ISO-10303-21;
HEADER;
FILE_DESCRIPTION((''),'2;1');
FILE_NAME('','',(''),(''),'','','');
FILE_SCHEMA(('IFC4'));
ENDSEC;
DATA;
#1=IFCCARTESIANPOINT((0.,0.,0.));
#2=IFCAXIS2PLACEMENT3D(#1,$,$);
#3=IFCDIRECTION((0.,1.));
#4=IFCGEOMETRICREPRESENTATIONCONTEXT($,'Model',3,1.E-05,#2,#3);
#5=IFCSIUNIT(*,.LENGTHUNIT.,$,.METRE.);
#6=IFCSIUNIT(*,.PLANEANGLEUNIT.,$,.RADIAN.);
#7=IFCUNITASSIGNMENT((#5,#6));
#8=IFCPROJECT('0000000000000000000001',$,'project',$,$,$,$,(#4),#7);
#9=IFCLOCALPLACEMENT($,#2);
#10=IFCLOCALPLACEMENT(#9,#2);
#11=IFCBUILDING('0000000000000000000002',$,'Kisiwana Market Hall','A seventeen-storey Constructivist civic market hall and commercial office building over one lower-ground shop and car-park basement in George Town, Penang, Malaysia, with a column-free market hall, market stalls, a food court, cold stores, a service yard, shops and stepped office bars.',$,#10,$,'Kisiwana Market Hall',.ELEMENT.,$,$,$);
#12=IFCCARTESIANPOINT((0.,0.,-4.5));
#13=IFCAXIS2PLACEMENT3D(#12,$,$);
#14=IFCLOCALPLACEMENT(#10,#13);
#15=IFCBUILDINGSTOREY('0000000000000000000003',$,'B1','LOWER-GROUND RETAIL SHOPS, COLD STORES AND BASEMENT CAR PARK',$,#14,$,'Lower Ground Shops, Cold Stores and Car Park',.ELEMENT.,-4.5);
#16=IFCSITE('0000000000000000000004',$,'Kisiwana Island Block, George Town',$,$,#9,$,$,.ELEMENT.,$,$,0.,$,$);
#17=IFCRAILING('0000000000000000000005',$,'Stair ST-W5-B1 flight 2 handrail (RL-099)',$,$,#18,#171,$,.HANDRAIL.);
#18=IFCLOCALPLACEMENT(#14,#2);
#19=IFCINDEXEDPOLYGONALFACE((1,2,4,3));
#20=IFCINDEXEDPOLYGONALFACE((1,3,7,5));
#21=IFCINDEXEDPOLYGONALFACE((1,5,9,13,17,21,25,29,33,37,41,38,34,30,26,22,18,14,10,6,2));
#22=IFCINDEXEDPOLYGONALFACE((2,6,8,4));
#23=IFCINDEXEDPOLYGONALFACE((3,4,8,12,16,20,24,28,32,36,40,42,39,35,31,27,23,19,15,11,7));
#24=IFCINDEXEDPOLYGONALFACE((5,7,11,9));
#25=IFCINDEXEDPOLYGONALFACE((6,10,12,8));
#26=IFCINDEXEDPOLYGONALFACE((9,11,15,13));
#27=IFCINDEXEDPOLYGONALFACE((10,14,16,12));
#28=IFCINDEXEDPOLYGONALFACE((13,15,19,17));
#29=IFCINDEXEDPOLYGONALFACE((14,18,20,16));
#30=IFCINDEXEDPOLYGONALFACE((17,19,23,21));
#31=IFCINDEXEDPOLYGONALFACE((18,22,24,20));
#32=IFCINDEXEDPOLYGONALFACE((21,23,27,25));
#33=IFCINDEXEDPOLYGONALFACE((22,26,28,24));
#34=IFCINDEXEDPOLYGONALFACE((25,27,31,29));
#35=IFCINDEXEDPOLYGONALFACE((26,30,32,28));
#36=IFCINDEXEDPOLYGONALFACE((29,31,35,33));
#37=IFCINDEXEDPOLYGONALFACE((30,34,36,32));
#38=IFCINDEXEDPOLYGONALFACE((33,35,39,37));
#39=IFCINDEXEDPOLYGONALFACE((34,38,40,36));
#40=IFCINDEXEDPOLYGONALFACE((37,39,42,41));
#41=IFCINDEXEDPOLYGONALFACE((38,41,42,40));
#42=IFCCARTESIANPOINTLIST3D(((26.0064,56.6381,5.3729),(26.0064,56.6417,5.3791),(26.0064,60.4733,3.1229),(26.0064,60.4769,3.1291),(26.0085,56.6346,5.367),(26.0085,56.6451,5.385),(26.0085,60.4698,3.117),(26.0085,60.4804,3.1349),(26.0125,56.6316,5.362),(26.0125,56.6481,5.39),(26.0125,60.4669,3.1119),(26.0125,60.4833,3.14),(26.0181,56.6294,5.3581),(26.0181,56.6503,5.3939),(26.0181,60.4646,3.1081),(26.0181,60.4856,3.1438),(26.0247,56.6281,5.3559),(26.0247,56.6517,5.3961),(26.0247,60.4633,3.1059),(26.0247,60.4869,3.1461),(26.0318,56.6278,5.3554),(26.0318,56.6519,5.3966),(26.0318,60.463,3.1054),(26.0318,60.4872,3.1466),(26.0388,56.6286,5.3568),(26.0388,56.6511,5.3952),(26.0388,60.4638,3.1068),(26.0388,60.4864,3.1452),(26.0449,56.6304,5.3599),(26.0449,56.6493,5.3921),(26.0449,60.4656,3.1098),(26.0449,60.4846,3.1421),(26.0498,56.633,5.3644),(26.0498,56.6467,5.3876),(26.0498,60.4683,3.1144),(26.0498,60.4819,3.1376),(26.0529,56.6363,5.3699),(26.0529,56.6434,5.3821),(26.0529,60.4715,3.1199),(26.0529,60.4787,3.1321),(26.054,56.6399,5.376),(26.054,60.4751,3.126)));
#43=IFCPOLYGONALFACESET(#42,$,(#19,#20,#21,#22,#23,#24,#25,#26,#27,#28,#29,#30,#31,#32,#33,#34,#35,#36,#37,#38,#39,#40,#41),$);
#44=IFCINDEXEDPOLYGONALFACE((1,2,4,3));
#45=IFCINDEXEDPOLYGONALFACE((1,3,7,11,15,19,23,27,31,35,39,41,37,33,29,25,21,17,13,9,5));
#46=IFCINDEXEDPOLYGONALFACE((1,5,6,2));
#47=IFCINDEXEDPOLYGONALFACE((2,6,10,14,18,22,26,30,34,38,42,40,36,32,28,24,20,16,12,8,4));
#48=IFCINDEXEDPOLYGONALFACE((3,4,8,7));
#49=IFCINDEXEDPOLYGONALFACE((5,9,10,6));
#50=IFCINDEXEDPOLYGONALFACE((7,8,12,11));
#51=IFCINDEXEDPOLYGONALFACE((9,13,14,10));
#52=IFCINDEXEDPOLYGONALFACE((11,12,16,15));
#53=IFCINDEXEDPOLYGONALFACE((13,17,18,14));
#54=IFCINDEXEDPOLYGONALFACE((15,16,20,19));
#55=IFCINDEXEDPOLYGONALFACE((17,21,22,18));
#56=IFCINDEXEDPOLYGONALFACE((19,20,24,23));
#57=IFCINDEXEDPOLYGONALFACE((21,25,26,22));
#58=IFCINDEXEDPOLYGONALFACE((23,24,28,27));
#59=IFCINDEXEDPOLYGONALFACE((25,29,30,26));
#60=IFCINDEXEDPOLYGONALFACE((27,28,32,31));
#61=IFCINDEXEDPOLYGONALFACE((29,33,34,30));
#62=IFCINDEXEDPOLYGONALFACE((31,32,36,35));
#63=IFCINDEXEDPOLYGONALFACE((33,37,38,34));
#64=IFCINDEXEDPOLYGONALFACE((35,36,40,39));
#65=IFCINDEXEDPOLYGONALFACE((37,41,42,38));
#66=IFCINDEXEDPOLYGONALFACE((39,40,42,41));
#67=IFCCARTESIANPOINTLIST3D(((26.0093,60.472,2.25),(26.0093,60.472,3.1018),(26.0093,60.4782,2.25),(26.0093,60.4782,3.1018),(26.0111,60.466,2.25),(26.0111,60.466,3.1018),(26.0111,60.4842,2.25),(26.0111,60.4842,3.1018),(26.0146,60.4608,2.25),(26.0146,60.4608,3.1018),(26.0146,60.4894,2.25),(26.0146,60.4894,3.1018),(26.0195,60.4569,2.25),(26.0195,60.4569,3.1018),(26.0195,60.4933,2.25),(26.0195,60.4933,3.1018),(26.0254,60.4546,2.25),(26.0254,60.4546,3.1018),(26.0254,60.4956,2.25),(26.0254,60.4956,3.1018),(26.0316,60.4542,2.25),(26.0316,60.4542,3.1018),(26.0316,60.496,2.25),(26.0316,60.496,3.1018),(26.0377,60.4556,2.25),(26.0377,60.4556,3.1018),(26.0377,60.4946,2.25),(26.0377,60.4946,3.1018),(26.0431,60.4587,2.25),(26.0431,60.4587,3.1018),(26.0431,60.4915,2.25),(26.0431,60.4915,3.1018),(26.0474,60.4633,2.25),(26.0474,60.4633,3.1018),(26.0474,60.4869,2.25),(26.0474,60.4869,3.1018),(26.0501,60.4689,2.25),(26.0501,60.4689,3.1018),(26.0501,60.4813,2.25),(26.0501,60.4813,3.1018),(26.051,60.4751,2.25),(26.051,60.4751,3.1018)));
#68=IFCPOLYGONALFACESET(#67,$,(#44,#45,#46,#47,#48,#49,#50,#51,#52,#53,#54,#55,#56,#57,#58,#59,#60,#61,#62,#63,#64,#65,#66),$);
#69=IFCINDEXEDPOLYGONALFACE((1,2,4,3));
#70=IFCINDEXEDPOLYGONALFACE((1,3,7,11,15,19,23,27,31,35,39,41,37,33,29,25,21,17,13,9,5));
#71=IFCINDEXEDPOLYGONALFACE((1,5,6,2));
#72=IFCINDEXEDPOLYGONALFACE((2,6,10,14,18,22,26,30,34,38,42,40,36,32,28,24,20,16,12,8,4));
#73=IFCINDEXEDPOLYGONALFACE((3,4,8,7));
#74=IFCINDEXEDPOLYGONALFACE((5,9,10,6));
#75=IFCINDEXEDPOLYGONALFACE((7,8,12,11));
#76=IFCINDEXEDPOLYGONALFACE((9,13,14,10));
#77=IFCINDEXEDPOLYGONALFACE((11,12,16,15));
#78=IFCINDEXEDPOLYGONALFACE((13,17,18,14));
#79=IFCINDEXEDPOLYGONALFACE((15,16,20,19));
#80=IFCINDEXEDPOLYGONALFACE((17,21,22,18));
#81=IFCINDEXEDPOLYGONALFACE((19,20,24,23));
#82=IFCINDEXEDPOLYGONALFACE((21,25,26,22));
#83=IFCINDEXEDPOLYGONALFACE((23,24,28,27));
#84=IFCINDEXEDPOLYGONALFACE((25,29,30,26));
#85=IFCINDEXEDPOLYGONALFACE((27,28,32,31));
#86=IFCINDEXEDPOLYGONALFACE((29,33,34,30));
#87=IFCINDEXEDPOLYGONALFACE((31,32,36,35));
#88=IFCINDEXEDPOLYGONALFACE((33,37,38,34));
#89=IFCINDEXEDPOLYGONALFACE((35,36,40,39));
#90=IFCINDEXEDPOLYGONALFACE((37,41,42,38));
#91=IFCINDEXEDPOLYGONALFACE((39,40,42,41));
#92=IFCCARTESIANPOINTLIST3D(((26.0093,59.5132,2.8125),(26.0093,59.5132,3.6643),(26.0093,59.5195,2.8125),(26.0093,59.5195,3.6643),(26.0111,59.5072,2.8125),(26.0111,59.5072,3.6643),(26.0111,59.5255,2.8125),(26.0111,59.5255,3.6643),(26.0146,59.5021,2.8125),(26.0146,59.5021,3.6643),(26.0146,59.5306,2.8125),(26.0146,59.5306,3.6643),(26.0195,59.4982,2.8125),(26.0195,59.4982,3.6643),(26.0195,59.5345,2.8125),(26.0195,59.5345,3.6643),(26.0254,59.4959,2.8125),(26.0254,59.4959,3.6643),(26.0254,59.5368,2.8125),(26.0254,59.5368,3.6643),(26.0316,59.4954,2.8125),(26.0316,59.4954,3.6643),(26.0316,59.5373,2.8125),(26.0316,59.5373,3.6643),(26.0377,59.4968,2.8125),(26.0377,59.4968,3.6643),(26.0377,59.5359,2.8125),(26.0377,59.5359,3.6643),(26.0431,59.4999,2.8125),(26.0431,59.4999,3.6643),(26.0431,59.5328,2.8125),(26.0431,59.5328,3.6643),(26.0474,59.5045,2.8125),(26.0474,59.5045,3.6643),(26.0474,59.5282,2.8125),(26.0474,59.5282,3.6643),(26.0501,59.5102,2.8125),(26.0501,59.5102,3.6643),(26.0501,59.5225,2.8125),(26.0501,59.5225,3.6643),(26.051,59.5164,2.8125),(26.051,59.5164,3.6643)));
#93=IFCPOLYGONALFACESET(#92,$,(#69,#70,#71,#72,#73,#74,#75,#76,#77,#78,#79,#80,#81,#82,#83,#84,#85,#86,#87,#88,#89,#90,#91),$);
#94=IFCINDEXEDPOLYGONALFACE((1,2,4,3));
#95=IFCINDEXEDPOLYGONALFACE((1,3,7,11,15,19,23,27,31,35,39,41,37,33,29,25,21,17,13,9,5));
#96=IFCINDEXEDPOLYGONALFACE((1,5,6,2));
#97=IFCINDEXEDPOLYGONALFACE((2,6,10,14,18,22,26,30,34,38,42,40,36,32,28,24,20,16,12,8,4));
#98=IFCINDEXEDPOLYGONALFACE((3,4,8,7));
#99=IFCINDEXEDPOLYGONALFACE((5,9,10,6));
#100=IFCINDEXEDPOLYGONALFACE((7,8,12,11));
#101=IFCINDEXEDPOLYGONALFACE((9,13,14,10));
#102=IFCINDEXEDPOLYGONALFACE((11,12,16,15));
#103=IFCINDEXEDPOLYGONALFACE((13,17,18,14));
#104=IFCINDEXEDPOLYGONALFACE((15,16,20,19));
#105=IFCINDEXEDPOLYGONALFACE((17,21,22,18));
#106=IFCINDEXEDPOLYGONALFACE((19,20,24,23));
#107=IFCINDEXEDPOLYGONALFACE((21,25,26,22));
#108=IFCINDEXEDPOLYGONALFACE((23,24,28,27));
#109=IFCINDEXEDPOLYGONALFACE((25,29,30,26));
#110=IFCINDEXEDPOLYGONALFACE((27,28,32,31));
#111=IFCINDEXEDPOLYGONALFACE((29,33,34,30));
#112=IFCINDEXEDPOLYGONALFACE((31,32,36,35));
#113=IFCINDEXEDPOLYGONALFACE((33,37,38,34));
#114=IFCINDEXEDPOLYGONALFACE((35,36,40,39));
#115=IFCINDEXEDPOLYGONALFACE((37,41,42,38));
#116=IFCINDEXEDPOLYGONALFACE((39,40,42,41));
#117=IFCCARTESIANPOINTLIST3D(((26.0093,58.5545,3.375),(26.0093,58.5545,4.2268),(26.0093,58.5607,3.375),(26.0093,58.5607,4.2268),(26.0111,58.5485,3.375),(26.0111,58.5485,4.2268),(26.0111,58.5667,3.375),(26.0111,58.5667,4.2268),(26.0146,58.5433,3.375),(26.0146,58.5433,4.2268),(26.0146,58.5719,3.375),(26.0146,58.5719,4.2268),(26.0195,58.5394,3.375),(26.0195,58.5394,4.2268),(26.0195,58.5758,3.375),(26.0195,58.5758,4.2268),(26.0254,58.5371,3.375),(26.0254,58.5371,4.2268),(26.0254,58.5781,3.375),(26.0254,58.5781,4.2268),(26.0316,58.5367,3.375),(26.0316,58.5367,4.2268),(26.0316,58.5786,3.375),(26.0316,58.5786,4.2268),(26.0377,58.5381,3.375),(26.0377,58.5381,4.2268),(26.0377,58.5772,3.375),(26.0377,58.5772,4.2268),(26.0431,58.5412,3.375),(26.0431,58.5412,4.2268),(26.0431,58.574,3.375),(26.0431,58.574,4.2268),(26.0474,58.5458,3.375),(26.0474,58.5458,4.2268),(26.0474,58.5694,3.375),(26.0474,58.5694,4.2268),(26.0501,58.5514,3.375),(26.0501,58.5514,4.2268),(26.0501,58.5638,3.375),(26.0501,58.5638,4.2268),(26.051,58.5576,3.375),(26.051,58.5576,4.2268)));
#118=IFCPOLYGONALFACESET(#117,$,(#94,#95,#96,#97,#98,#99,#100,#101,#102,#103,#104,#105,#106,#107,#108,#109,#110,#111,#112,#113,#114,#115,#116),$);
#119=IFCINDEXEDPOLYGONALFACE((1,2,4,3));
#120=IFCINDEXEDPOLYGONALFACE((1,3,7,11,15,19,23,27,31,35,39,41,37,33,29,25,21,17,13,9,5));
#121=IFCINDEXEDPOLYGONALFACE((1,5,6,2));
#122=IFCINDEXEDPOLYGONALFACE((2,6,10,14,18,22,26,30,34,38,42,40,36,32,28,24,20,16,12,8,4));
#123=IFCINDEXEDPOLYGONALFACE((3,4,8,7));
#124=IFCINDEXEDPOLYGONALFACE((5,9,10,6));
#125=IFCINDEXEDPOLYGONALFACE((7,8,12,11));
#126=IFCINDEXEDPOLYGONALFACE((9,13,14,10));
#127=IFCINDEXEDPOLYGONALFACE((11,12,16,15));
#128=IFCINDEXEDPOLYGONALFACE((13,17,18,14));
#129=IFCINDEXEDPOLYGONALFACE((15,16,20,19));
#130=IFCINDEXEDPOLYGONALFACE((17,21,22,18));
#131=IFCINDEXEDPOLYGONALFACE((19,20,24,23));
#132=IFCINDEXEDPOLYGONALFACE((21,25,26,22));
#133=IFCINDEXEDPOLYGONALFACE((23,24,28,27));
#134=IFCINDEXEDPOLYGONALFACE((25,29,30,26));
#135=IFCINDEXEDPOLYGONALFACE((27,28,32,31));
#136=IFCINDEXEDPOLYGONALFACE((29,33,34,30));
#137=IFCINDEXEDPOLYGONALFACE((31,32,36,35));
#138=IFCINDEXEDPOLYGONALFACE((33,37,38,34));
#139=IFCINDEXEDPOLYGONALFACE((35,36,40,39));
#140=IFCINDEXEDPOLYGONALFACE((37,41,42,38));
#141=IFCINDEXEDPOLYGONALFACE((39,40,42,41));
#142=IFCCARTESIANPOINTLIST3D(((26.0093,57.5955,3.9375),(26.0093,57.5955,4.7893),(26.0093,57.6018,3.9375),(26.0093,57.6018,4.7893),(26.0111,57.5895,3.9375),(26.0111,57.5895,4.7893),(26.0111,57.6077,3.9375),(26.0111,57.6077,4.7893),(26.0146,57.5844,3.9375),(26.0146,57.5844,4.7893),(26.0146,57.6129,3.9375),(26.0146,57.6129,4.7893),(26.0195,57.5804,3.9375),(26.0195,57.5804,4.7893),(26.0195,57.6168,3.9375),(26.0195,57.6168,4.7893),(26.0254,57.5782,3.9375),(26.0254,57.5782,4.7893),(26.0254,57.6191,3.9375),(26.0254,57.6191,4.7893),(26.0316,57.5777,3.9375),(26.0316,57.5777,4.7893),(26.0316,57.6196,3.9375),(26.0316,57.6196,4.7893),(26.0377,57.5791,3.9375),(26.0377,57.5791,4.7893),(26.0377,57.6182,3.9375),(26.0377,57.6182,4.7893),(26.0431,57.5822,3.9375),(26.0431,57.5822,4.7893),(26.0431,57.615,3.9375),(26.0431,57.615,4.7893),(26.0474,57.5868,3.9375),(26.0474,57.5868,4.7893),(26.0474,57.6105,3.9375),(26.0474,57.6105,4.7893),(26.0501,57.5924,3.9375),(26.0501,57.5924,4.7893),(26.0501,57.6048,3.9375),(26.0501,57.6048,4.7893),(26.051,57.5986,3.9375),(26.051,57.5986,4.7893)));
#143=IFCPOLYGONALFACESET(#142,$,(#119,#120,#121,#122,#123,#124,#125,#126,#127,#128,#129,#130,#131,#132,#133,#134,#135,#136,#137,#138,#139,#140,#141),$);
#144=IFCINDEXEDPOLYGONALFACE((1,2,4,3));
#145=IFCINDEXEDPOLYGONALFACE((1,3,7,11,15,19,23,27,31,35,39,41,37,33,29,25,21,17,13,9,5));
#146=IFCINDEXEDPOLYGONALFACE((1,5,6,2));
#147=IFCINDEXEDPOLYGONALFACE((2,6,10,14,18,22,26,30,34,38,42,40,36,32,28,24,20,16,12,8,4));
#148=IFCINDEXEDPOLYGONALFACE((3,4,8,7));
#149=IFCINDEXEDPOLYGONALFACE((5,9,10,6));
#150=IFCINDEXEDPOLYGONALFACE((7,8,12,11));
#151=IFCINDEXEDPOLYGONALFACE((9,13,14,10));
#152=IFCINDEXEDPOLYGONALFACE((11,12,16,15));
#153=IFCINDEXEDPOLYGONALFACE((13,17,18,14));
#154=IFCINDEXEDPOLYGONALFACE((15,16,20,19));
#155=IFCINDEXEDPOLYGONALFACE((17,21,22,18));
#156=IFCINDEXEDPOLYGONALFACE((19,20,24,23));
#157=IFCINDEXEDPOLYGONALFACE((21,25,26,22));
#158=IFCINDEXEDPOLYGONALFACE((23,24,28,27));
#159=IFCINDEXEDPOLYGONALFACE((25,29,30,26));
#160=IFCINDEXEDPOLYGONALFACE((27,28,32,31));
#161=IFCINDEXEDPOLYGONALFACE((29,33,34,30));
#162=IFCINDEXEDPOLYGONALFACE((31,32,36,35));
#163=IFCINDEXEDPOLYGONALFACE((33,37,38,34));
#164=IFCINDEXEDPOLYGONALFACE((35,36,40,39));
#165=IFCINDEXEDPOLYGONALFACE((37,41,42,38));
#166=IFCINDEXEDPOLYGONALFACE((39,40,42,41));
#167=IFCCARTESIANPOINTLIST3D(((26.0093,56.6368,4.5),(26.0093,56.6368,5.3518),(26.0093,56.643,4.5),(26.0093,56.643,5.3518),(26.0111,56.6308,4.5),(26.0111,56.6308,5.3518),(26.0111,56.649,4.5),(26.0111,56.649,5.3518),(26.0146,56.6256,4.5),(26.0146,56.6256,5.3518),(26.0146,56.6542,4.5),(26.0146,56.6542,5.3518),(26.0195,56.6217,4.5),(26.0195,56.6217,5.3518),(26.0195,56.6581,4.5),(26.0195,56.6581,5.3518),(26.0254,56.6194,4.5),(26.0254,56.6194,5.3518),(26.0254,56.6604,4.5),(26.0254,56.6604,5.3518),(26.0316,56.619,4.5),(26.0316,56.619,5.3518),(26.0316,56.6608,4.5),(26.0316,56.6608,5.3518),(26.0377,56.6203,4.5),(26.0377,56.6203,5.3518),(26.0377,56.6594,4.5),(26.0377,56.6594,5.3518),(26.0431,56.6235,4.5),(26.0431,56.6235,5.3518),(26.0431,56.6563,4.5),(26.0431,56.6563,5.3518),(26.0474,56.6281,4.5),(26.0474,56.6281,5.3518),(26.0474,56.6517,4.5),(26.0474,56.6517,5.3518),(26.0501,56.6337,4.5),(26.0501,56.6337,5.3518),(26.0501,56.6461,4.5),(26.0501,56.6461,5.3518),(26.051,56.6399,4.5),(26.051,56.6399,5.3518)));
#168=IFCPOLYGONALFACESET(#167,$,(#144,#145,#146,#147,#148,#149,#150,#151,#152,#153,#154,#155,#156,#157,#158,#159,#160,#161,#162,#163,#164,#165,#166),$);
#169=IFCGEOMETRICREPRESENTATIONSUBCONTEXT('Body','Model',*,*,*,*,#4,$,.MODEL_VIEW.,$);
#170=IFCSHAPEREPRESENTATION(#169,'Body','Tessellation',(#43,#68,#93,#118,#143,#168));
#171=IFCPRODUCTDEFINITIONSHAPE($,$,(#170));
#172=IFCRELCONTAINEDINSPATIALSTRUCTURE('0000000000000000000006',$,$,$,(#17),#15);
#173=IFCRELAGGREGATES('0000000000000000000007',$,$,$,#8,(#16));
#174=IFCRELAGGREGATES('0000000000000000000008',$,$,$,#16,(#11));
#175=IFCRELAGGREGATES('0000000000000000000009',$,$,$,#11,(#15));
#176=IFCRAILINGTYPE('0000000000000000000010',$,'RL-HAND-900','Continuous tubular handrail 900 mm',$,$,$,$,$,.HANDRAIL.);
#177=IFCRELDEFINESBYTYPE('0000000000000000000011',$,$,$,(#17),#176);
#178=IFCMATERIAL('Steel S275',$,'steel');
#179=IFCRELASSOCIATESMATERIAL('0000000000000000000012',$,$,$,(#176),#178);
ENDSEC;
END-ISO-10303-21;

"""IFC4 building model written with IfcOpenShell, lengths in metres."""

from ifc_helpers import new_model, si_unit, direction, frame, origin, origin_2d, place, context, subcontext, project, spatial, circle, extrude, material, type_object, element, save


model = new_model("IFC4")

# Units and contexts
model_context = context("Model", 3, precision=1e-05, world=origin(), true_north=direction((0.0, 1.0)))
body_context = subcontext(model_context, "Body", "Model", "MODEL_VIEW")
ifc_project = project(units=[si_unit("LENGTHUNIT", "METRE"), si_unit("PLANEANGLEUNIT", "RADIAN")], contexts=[model_context])

# Site, building, storey
site_placement = place(None, origin())
site = spatial("IfcSite", under=ifc_project, at=site_placement, Name="Kisiwana Island Block, George Town", CompositionType="ELEMENT", RefElevation=0.0)
building_placement = place(site_placement, origin())
building = spatial("IfcBuilding", under=site, at=building_placement, Name="Kisiwana Market Hall", Description="A seventeen-storey Constructivist civic market hall and commercial office building over one lower-ground shop and car-park basement in George Town, Penang, Malaysia, with a column-free market hall, market stalls, a food court, cold stores, a service yard, shops and stepped office bars.", LongName="Kisiwana Market Hall", CompositionType="ELEMENT")
storey_placement = place(building_placement, frame((0.0, 0.0, -4.5)))
storey = spatial("IfcBuildingStorey", under=building, at=storey_placement, Name="B1", Description="LOWER-GROUND RETAIL SHOPS, COLD STORES AND BASEMENT CAR PARK", LongName="Lower Ground Shops, Cold Stores and Car Park", CompositionType="ELEMENT", Elevation=-4.5)

# Railing
ifc_material_1 = material(Name="Steel S275", Category="steel")
railing_type_1 = type_object("IfcRailingType", Name="RL-HAND-900", Description="Continuous tubular handrail 900 mm", PredefinedType="HANDRAIL", material=ifc_material_1)
for number, where, name in (
    (1, (26.03, 60.4751, 2.25), "Stair ST-W5-B1 flight 2 handrail (RL-099)"),
):
    element("IfcRailing", number, at=place(storey_placement, frame(where)), inside=storey, type_object=railing_type_1, Name=name, PredefinedType="HANDRAIL", context=body_context, shape_type="SweptSolid", body=[
        extrude(circle(Radius=0.0239, at=origin_2d()), frame((0.0, 0.0, 0.876), z_axis=(0.0, -0.862524, 0.506017), x_axis=(1.0, 0.0, 0.0)), (0.0, 0.0, 1.0), 4.4465),
        extrude(circle(Radius=0.021, at=origin_2d()), origin(), (0.0, 0.0, 1.0), 0.8518),
        extrude(circle(Radius=0.021, at=origin_2d()), frame((0.0, -0.9587, 0.5625)), (0.0, 0.0, 1.0), 0.8518),
        extrude(circle(Radius=0.021, at=origin_2d()), frame((0.0, -1.9175, 1.125)), (0.0, 0.0, 1.0), 0.8518),
        extrude(circle(Radius=0.021, at=origin_2d()), frame((0.0, -2.8765, 1.6875)), (0.0, 0.0, 1.0), 0.8518),
        extrude(circle(Radius=0.021, at=origin_2d()), frame((0.0, -3.8352, 2.25)), (0.0, 0.0, 1.0), 0.8518),
    ])

save(model, "model.ifc")
